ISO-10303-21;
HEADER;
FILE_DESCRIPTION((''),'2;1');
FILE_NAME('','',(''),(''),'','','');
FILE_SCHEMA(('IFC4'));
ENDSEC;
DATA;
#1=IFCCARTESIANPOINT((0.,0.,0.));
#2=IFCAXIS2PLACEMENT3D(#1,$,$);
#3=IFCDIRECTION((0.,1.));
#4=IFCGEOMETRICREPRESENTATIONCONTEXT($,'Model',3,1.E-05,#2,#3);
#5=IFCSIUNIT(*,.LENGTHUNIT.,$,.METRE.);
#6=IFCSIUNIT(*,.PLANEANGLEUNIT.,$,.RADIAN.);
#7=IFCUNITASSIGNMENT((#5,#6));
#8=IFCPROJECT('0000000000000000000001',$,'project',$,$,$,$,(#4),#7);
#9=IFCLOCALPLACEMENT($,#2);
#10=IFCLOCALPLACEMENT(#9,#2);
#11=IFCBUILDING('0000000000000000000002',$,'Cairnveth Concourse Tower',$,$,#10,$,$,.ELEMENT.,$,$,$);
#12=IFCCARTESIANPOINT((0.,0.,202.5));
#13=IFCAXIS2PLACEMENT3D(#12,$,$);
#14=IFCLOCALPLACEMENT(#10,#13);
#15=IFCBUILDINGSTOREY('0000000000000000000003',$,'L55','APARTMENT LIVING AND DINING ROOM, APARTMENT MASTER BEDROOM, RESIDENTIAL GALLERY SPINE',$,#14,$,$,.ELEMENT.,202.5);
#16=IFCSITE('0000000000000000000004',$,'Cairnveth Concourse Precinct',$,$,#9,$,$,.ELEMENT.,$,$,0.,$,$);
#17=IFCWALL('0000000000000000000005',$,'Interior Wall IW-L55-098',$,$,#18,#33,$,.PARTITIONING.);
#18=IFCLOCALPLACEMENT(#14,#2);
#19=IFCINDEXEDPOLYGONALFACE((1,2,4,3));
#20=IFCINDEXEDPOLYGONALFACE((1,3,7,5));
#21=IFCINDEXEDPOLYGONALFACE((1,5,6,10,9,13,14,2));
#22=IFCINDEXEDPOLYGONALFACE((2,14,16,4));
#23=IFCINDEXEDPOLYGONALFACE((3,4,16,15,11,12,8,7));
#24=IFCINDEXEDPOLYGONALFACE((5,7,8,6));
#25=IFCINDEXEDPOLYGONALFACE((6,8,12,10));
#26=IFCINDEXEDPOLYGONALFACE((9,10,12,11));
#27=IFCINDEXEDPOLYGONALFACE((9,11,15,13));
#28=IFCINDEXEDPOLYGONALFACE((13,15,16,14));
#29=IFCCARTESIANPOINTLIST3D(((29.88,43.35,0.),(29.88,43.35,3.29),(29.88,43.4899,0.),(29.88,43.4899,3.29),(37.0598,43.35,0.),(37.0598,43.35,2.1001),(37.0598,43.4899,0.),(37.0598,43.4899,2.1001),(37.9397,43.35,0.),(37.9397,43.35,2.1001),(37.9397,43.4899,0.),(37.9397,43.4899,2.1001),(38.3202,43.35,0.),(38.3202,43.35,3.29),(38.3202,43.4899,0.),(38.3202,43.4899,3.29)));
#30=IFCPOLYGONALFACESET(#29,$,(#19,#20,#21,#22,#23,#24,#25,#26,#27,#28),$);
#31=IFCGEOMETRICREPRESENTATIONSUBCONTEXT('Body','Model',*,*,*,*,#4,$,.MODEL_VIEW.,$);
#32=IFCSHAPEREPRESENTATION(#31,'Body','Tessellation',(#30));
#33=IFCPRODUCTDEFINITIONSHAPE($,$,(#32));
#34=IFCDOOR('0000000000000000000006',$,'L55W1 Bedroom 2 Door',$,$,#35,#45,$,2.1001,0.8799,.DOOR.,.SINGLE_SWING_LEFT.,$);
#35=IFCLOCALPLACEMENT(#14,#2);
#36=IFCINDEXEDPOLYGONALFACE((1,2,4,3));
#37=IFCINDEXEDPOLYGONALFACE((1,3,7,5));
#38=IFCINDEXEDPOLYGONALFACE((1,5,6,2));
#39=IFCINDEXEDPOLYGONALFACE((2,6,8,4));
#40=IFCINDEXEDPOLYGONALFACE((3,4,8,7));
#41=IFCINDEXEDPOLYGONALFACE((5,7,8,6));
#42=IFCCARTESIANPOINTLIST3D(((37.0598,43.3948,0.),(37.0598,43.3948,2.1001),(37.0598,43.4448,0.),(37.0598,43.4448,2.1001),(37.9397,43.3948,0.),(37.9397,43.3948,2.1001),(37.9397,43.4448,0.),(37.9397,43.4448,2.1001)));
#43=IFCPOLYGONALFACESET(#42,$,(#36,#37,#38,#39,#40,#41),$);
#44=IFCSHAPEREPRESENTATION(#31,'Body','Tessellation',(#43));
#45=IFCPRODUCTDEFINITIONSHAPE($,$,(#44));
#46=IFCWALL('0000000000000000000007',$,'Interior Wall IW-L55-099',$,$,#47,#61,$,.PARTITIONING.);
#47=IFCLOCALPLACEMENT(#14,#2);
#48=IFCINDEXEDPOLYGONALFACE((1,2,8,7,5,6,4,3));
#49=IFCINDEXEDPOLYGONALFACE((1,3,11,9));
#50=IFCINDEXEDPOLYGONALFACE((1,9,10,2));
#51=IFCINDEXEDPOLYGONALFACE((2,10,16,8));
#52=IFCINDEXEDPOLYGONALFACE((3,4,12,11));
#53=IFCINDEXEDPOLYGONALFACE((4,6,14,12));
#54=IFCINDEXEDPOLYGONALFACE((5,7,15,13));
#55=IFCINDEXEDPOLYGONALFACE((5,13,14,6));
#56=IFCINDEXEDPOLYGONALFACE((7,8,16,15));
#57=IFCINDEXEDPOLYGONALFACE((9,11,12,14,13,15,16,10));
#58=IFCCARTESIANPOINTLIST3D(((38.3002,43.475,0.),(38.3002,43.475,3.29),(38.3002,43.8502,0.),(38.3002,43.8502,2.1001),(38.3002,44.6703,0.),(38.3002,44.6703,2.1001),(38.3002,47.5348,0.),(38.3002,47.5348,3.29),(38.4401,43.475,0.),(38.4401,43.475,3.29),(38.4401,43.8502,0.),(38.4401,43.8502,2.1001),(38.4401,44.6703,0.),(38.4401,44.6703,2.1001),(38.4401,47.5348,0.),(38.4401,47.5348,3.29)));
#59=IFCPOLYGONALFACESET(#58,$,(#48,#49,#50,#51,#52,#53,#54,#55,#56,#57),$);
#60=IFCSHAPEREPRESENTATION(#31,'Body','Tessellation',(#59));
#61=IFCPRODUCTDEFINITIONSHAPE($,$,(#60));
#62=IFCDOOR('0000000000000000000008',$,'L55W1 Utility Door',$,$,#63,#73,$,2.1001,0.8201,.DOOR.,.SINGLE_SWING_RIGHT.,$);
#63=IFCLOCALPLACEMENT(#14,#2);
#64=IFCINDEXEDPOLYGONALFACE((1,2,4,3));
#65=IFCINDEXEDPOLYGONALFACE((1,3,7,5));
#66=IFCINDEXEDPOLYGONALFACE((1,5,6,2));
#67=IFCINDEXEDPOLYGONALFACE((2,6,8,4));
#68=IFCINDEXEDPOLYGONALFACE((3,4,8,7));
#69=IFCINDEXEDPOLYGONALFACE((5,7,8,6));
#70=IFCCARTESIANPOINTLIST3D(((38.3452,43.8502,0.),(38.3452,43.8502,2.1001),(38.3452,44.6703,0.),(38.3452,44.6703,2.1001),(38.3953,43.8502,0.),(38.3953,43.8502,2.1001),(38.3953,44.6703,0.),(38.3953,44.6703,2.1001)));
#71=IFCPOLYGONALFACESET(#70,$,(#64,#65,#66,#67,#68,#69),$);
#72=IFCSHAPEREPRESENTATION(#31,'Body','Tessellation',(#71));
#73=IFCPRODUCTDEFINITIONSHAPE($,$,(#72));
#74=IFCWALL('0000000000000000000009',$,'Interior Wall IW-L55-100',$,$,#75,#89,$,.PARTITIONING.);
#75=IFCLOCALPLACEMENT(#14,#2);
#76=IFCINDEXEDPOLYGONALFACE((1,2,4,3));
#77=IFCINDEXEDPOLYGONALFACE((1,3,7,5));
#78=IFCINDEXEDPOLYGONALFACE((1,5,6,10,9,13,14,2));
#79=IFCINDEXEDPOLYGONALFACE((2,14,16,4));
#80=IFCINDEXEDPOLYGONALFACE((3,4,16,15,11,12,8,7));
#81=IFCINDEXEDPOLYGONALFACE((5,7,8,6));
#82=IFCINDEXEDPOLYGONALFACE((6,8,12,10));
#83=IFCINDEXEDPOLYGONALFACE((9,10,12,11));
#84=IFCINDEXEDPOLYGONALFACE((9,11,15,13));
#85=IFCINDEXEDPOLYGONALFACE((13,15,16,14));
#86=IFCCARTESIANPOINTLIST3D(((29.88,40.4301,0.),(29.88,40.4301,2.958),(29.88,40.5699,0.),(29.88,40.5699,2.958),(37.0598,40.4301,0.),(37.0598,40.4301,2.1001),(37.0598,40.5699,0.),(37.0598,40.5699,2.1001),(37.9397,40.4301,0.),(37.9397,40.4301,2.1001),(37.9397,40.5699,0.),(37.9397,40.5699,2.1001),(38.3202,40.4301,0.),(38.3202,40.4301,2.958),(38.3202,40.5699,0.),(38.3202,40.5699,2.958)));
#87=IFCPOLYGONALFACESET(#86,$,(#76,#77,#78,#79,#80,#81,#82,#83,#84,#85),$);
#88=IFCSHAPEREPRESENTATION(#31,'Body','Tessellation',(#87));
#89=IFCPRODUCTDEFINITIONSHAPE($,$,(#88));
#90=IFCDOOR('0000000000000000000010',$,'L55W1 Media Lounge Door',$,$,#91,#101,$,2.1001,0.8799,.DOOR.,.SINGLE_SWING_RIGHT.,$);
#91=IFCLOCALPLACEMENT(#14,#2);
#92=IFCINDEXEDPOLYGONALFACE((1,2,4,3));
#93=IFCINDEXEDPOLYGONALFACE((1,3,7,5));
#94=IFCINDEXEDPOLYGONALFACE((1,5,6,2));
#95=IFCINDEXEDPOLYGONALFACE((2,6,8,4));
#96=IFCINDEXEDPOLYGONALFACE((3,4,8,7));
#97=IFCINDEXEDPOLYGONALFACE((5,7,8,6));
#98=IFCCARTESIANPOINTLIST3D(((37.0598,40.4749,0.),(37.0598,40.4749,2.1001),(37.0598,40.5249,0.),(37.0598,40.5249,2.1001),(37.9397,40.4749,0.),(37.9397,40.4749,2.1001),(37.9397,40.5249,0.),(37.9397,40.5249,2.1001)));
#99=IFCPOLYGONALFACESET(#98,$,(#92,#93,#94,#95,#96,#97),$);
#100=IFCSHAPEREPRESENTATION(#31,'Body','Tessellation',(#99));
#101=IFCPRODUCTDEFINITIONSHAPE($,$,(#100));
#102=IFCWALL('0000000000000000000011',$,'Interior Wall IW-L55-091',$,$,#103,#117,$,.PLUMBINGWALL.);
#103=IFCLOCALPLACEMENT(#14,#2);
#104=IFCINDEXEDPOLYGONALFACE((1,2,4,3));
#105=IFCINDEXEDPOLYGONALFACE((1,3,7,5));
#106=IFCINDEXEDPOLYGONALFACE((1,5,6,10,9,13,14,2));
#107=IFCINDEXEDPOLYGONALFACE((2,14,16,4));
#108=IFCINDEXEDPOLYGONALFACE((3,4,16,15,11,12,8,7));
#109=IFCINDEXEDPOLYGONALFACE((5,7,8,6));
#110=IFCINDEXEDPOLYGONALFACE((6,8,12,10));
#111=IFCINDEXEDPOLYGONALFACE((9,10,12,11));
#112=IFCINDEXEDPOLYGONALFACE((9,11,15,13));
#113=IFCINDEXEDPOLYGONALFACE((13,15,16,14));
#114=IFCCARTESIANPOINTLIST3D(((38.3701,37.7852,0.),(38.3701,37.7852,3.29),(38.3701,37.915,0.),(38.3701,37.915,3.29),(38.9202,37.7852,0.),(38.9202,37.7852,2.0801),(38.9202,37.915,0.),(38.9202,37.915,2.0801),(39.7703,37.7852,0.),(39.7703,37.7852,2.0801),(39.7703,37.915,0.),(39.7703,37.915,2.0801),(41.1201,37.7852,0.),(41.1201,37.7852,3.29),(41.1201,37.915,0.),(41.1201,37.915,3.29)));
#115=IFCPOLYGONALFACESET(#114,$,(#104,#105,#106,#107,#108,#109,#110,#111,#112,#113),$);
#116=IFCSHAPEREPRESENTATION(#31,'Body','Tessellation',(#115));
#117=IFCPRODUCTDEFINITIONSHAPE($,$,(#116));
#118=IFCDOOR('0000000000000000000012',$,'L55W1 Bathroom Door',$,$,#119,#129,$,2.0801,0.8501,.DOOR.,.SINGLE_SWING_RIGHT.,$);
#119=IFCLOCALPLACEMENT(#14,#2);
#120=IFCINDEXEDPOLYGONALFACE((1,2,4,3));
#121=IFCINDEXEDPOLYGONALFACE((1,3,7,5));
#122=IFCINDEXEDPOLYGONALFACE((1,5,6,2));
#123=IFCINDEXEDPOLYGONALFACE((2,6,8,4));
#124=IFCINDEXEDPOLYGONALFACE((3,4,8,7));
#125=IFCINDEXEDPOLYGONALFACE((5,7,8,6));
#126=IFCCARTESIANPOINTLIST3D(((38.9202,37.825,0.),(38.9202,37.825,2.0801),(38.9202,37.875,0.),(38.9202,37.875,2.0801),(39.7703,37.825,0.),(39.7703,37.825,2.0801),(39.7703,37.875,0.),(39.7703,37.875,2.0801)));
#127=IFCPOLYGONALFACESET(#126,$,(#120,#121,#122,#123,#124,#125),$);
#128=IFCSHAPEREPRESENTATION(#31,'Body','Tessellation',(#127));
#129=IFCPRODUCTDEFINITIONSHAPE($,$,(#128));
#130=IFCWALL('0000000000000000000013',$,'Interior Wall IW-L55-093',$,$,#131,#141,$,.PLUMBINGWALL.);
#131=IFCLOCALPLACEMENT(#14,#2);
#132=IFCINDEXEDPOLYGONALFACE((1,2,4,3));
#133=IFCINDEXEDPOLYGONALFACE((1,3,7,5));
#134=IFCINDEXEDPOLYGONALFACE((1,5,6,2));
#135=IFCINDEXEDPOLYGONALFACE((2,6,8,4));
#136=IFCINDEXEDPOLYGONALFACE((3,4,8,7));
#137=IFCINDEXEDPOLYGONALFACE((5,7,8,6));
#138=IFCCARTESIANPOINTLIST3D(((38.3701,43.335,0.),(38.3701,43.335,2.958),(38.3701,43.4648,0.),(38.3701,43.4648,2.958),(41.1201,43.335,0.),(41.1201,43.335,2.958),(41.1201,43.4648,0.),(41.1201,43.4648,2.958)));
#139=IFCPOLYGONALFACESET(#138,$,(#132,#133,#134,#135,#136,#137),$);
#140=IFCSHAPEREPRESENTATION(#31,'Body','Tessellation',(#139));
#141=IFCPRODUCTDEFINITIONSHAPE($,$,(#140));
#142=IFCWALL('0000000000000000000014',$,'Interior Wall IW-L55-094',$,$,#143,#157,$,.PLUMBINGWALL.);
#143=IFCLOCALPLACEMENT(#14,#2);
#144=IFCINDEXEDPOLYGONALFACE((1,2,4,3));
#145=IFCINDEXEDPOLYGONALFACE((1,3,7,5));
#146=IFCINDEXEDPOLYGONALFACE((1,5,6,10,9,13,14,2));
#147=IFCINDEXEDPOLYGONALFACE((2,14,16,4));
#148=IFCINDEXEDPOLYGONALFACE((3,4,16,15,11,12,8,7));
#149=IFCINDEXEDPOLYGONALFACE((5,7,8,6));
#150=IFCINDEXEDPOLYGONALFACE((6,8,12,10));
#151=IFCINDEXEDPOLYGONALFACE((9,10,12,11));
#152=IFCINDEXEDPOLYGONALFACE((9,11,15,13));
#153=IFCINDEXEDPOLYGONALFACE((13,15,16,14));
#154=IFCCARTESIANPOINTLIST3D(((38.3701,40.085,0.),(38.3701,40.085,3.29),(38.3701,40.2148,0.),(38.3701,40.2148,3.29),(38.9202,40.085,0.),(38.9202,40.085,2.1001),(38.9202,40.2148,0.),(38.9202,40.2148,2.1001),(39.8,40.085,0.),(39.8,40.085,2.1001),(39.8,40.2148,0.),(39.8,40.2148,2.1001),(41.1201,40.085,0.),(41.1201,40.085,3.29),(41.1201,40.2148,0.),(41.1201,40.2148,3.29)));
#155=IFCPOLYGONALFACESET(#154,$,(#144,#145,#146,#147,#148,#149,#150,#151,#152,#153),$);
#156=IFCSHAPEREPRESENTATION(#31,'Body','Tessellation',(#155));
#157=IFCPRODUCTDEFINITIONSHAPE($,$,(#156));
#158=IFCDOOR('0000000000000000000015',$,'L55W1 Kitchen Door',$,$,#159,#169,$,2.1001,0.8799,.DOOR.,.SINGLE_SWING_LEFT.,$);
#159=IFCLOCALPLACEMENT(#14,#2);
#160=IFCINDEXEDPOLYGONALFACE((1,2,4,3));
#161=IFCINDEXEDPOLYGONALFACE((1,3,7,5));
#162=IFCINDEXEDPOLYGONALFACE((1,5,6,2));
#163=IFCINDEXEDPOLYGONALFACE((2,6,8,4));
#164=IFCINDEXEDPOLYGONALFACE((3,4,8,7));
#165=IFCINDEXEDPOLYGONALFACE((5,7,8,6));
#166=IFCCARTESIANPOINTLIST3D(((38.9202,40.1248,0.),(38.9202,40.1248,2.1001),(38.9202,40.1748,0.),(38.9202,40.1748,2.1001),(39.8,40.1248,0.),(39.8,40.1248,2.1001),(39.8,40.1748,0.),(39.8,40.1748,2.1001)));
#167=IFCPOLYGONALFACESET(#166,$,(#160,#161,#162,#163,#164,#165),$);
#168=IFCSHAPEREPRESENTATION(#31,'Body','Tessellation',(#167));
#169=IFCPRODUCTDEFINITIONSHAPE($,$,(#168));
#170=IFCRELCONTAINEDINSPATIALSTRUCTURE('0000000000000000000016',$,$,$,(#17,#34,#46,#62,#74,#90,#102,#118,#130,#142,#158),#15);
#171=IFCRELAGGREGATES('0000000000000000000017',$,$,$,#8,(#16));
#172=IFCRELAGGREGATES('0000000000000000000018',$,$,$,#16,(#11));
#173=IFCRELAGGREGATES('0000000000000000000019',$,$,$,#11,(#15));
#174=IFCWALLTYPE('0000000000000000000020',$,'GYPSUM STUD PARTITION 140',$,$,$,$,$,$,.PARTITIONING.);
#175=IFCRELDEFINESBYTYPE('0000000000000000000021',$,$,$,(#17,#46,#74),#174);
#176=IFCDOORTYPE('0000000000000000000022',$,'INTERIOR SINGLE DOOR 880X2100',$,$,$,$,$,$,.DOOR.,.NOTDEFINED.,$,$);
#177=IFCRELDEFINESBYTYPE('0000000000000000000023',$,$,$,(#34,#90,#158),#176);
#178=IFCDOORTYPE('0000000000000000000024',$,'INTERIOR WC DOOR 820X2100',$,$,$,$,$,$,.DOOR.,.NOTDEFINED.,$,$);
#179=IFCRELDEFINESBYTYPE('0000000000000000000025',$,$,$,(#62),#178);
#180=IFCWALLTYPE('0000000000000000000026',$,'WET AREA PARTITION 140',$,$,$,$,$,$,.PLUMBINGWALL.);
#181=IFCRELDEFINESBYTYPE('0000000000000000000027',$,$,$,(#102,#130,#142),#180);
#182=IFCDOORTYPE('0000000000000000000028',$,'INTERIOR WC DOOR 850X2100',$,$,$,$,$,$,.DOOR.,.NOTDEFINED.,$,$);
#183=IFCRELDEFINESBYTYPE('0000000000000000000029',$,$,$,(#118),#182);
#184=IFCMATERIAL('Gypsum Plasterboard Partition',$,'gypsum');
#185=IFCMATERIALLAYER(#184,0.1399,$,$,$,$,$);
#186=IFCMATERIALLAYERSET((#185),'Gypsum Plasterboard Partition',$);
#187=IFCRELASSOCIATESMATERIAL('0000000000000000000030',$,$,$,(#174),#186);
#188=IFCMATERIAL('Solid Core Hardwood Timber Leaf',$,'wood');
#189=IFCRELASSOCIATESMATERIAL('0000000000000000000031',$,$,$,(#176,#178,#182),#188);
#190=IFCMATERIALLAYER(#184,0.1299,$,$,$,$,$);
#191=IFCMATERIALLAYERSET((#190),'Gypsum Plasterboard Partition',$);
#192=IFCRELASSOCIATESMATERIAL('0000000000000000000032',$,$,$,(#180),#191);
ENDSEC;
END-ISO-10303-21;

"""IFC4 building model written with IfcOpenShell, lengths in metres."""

from ifc_helpers import new_model, si_unit, direction, frame, frame_2d, origin, place, context, subcontext, project, spatial, rectangle, extrude, material, layer, layer_set, type_object, element, fill, save


model = new_model("IFC4")

# Units and contexts
model_context = context("Model", 3, precision=1e-05, world=origin(), true_north=direction((0.0, 1.0)))
body_context = subcontext(model_context, "Body", "Model", "MODEL_VIEW")
ifc_project = project(units=[si_unit("LENGTHUNIT", "METRE"), si_unit("PLANEANGLEUNIT", "RADIAN")], contexts=[model_context])

# Site, building, storey
site_placement = place(None, origin())
site = spatial("IfcSite", under=ifc_project, at=site_placement, Name="Cairnveth Concourse Precinct", CompositionType="ELEMENT", RefElevation=0.0)
building_placement = place(site_placement, origin())
building = spatial("IfcBuilding", under=site, at=building_placement, Name="Cairnveth Concourse Tower", CompositionType="ELEMENT")
storey_placement = place(building_placement, frame((0.0, 0.0, 202.5)))
storey = spatial("IfcBuildingStorey", under=building, at=storey_placement, Name="L55", Description="APARTMENT LIVING AND DINING ROOM, APARTMENT MASTER BEDROOM, RESIDENTIAL GALLERY SPINE", CompositionType="ELEMENT", Elevation=202.5)

# Walls, openings, doors
ifc_material_1 = material(Name="Gypsum Plasterboard Partition", Category="gypsum")
ifc_layer_1 = layer(ifc_material_1, 0.1399)
ifc_layer_set_1 = layer_set([ifc_layer_1], Name="Gypsum Plasterboard Partition")
wall_type_1 = type_object("IfcWallType", Name="GYPSUM STUD PARTITION 140", PredefinedType="PARTITIONING", material=ifc_layer_set_1)
wall_1_placement = place(storey_placement, frame((29.8799, 43.4199, 0.0), z_axis=(0.0, 0.0, 1.0), x_axis=(1.0, 0.0, 0.0)))
wall_1 = element("IfcWall", 1, at=wall_1_placement, inside=storey, type_object=wall_type_1, Name="Interior Wall IW-L55-098", PredefinedType="PARTITIONING", context=body_context, shape_type="SweptSolid", body=[
    extrude(rectangle(XDim=8.4402, YDim=0.1399, at=frame_2d((4.2202, 0.0))), origin(), (0.0, 0.0, 1.0), 3.29),
])
opening_1_placement = place(wall_1_placement, frame((7.1799, 0.0, 0.0)))
opening_1 = element("IfcOpeningElement", 2, at=opening_1_placement, cuts=wall_1, PredefinedType="OPENING", context=body_context, shape_type="SweptSolid", body=[
    extrude(rectangle(XDim=0.8799, YDim=2.1001, at=frame_2d((0.4399, 1.05))), frame((0.0, 0.0798, 0.0), z_axis=(0.0, -1.0, 0.0), x_axis=(1.0, 0.0, 0.0)), (0.0, 0.0, 1.0), 0.1599),
])
ifc_material_2 = material(Name="Solid Core Hardwood Timber Leaf", Category="wood")
door_type_1 = type_object("IfcDoorType", Name="INTERIOR SINGLE DOOR 880X2100", OperationType="NOTDEFINED", PredefinedType="DOOR", material=ifc_material_2)
door_1_placement = place(opening_1_placement, origin())
door_1 = element("IfcDoor", 3, at=door_1_placement, inside=storey, type_object=door_type_1, Name="L55W1 Bedroom 2 Door", OperationType="SINGLE_SWING_LEFT", OverallHeight=2.1001, OverallWidth=0.8799, PredefinedType="DOOR", context=body_context, shape_type="SweptSolid", body=[
    extrude(rectangle(XDim=0.8799, YDim=2.1001, at=frame_2d((0.4399, 1.05))), frame((0.0, 0.0249, 0.0), z_axis=(0.0, -1.0, 0.0), x_axis=(1.0, 0.0, 0.0)), (0.0, 0.0, 1.0), 0.05),
])
fill(opening_1, door_1)
wall_2_placement = place(storey_placement, frame((38.3701, 43.4751, 0.0), z_axis=(0.0, 0.0, 1.0), x_axis=(0.0, 1.0, 0.0)))
wall_2 = element("IfcWall", 4, at=wall_2_placement, inside=storey, type_object=wall_type_1, Name="Interior Wall IW-L55-099", PredefinedType="PARTITIONING", context=body_context, shape_type="SweptSolid", body=[
    extrude(rectangle(XDim=4.0598, YDim=0.1399, at=frame_2d((2.0298, 0.0))), origin(), (0.0, 0.0, 1.0), 3.29),
])
opening_2_placement = place(wall_2_placement, frame((0.375, 0.0, 0.0)))
opening_2 = element("IfcOpeningElement", 5, at=opening_2_placement, cuts=wall_2, PredefinedType="OPENING", context=body_context, shape_type="SweptSolid", body=[
    extrude(rectangle(XDim=0.8201, YDim=2.1001, at=frame_2d((0.4102, 1.05))), frame((0.0, 0.0798, 0.0), z_axis=(0.0, -1.0, 0.0), x_axis=(1.0, 0.0, 0.0)), (0.0, 0.0, 1.0), 0.1599),
])
door_type_2 = type_object("IfcDoorType", Name="INTERIOR WC DOOR 820X2100", OperationType="NOTDEFINED", PredefinedType="DOOR", material=ifc_material_2)
door_2_placement = place(opening_2_placement, origin())
door_2 = element("IfcDoor", 6, at=door_2_placement, inside=storey, type_object=door_type_2, Name="L55W1 Utility Door", OperationType="SINGLE_SWING_RIGHT", OverallHeight=2.1001, OverallWidth=0.8201, PredefinedType="DOOR", context=body_context, shape_type="SweptSolid", body=[
    extrude(rectangle(XDim=0.8201, YDim=2.1001, at=frame_2d((0.4102, 1.05))), frame((0.0, 0.0249, 0.0), z_axis=(0.0, -1.0, 0.0), x_axis=(1.0, 0.0, 0.0)), (0.0, 0.0, 1.0), 0.05),
])
fill(opening_2, door_2)
wall_3_placement = place(storey_placement, frame((29.8799, 40.5, 0.0), z_axis=(0.0, 0.0, 1.0), x_axis=(1.0, 0.0, 0.0)))
wall_3 = element("IfcWall", 7, at=wall_3_placement, inside=storey, type_object=wall_type_1, Name="Interior Wall IW-L55-100", PredefinedType="PARTITIONING", context=body_context, shape_type="SweptSolid", body=[
    extrude(rectangle(XDim=8.4402, YDim=0.1399, at=frame_2d((4.2202, 0.0))), origin(), (0.0, 0.0, 1.0), 2.958),
])
opening_3_placement = place(wall_3_placement, frame((7.1799, 0.0, 0.0)))
opening_3 = element("IfcOpeningElement", 8, at=opening_3_placement, cuts=wall_3, PredefinedType="OPENING", context=body_context, shape_type="SweptSolid", body=[
    extrude(rectangle(XDim=0.8799, YDim=2.1001, at=frame_2d((0.4399, 1.05))), frame((0.0, 0.0798, 0.0), z_axis=(0.0, -1.0, 0.0), x_axis=(1.0, 0.0, 0.0)), (0.0, 0.0, 1.0), 0.1599),
])
door_3_placement = place(opening_3_placement, origin())
door_3 = element("IfcDoor", 9, at=door_3_placement, inside=storey, type_object=door_type_1, Name="L55W1 Media Lounge Door", OperationType="SINGLE_SWING_RIGHT", OverallHeight=2.1001, OverallWidth=0.8799, PredefinedType="DOOR", context=body_context, shape_type="SweptSolid", body=[
    extrude(rectangle(XDim=0.8799, YDim=2.1001, at=frame_2d((0.4399, 1.05))), frame((0.0, 0.0249, 0.0), z_axis=(0.0, -1.0, 0.0), x_axis=(1.0, 0.0, 0.0)), (0.0, 0.0, 1.0), 0.05),
])
fill(opening_3, door_3)
ifc_layer_2 = layer(ifc_material_1, 0.1299)
ifc_layer_set_2 = layer_set([ifc_layer_2], Name="Gypsum Plasterboard Partition")
wall_type_2 = type_object("IfcWallType", Name="WET AREA PARTITION 140", PredefinedType="PLUMBINGWALL", material=ifc_layer_set_2)
wall_4_placement = place(storey_placement, frame((38.3701, 37.8501, 0.0), z_axis=(0.0, 0.0, 1.0), x_axis=(1.0, 0.0, 0.0)))
wall_4 = element("IfcWall", 10, at=wall_4_placement, inside=storey, type_object=wall_type_2, Name="Interior Wall IW-L55-091", PredefinedType="PLUMBINGWALL", context=body_context, shape_type="SweptSolid", body=[
    extrude(rectangle(XDim=2.75, YDim=0.1299, at=frame_2d((1.375, 0.0))), origin(), (0.0, 0.0, 1.0), 3.29),
])
opening_4_placement = place(wall_4_placement, frame((0.55, 0.0, 0.0)))
opening_4 = element("IfcOpeningElement", 11, at=opening_4_placement, cuts=wall_4, PredefinedType="OPENING", context=body_context, shape_type="SweptSolid", body=[
    extrude(rectangle(XDim=0.8501, YDim=2.0801, at=frame_2d((0.425, 1.04))), frame((0.0, 0.075, 0.0), z_axis=(0.0, -1.0, 0.0), x_axis=(1.0, 0.0, 0.0)), (0.0, 0.0, 1.0), 0.1499),
])
door_type_3 = type_object("IfcDoorType", Name="INTERIOR WC DOOR 850X2100", OperationType="NOTDEFINED", PredefinedType="DOOR", material=ifc_material_2)
door_4_placement = place(opening_4_placement, origin())
door_4 = element("IfcDoor", 12, at=door_4_placement, inside=storey, type_object=door_type_3, Name="L55W1 Bathroom Door", OperationType="SINGLE_SWING_RIGHT", OverallHeight=2.0801, OverallWidth=0.8501, PredefinedType="DOOR", context=body_context, shape_type="SweptSolid", body=[
    extrude(rectangle(XDim=0.8501, YDim=2.0801, at=frame_2d((0.425, 1.04))), frame((0.0, 0.0249, 0.0), z_axis=(0.0, -1.0, 0.0), x_axis=(1.0, 0.0, 0.0)), (0.0, 0.0, 1.0), 0.05),
])
fill(opening_4, door_4)

# Wall
wall_5_placement = place(storey_placement, frame((38.3701, 43.3999, 0.0), z_axis=(0.0, 0.0, 1.0), x_axis=(1.0, 0.0, 0.0)))
element("IfcWall", 13, at=wall_5_placement, inside=storey, type_object=wall_type_2, Name="Interior Wall IW-L55-093", PredefinedType="PLUMBINGWALL", context=body_context, shape_type="SweptSolid", body=[
    extrude(rectangle(XDim=2.75, YDim=0.1299, at=frame_2d((1.375, 0.0))), origin(), (0.0, 0.0, 1.0), 2.958),
])

# Wall, opening, door
wall_6_placement = place(storey_placement, frame((38.3701, 40.1499, 0.0), z_axis=(0.0, 0.0, 1.0), x_axis=(1.0, 0.0, 0.0)))
wall_6 = element("IfcWall", 14, at=wall_6_placement, inside=storey, type_object=wall_type_2, Name="Interior Wall IW-L55-094", PredefinedType="PLUMBINGWALL", context=body_context, shape_type="SweptSolid", body=[
    extrude(rectangle(XDim=2.75, YDim=0.1299, at=frame_2d((1.375, 0.0))), origin(), (0.0, 0.0, 1.0), 3.29),
])
opening_5_placement = place(wall_6_placement, frame((0.55, 0.0, 0.0)))
opening_5 = element("IfcOpeningElement", 15, at=opening_5_placement, cuts=wall_6, PredefinedType="OPENING", context=body_context, shape_type="SweptSolid", body=[
    extrude(rectangle(XDim=0.8799, YDim=2.1001, at=frame_2d((0.4399, 1.05))), frame((0.0, 0.075, 0.0), z_axis=(0.0, -1.0, 0.0), x_axis=(1.0, 0.0, 0.0)), (0.0, 0.0, 1.0), 0.1499),
])
door_5_placement = place(opening_5_placement, origin())
door_5 = element("IfcDoor", 16, at=door_5_placement, inside=storey, type_object=door_type_1, Name="L55W1 Kitchen Door", OperationType="SINGLE_SWING_LEFT", OverallHeight=2.1001, OverallWidth=0.8799, PredefinedType="DOOR", context=body_context, shape_type="SweptSolid", body=[
    extrude(rectangle(XDim=0.8799, YDim=2.1001, at=frame_2d((0.4399, 1.05))), frame((0.0, 0.0249, 0.0), z_axis=(0.0, -1.0, 0.0), x_axis=(1.0, 0.0, 0.0)), (0.0, 0.0, 1.0), 0.05),
])
fill(opening_5, door_5)

save(model, "model.ifc")
